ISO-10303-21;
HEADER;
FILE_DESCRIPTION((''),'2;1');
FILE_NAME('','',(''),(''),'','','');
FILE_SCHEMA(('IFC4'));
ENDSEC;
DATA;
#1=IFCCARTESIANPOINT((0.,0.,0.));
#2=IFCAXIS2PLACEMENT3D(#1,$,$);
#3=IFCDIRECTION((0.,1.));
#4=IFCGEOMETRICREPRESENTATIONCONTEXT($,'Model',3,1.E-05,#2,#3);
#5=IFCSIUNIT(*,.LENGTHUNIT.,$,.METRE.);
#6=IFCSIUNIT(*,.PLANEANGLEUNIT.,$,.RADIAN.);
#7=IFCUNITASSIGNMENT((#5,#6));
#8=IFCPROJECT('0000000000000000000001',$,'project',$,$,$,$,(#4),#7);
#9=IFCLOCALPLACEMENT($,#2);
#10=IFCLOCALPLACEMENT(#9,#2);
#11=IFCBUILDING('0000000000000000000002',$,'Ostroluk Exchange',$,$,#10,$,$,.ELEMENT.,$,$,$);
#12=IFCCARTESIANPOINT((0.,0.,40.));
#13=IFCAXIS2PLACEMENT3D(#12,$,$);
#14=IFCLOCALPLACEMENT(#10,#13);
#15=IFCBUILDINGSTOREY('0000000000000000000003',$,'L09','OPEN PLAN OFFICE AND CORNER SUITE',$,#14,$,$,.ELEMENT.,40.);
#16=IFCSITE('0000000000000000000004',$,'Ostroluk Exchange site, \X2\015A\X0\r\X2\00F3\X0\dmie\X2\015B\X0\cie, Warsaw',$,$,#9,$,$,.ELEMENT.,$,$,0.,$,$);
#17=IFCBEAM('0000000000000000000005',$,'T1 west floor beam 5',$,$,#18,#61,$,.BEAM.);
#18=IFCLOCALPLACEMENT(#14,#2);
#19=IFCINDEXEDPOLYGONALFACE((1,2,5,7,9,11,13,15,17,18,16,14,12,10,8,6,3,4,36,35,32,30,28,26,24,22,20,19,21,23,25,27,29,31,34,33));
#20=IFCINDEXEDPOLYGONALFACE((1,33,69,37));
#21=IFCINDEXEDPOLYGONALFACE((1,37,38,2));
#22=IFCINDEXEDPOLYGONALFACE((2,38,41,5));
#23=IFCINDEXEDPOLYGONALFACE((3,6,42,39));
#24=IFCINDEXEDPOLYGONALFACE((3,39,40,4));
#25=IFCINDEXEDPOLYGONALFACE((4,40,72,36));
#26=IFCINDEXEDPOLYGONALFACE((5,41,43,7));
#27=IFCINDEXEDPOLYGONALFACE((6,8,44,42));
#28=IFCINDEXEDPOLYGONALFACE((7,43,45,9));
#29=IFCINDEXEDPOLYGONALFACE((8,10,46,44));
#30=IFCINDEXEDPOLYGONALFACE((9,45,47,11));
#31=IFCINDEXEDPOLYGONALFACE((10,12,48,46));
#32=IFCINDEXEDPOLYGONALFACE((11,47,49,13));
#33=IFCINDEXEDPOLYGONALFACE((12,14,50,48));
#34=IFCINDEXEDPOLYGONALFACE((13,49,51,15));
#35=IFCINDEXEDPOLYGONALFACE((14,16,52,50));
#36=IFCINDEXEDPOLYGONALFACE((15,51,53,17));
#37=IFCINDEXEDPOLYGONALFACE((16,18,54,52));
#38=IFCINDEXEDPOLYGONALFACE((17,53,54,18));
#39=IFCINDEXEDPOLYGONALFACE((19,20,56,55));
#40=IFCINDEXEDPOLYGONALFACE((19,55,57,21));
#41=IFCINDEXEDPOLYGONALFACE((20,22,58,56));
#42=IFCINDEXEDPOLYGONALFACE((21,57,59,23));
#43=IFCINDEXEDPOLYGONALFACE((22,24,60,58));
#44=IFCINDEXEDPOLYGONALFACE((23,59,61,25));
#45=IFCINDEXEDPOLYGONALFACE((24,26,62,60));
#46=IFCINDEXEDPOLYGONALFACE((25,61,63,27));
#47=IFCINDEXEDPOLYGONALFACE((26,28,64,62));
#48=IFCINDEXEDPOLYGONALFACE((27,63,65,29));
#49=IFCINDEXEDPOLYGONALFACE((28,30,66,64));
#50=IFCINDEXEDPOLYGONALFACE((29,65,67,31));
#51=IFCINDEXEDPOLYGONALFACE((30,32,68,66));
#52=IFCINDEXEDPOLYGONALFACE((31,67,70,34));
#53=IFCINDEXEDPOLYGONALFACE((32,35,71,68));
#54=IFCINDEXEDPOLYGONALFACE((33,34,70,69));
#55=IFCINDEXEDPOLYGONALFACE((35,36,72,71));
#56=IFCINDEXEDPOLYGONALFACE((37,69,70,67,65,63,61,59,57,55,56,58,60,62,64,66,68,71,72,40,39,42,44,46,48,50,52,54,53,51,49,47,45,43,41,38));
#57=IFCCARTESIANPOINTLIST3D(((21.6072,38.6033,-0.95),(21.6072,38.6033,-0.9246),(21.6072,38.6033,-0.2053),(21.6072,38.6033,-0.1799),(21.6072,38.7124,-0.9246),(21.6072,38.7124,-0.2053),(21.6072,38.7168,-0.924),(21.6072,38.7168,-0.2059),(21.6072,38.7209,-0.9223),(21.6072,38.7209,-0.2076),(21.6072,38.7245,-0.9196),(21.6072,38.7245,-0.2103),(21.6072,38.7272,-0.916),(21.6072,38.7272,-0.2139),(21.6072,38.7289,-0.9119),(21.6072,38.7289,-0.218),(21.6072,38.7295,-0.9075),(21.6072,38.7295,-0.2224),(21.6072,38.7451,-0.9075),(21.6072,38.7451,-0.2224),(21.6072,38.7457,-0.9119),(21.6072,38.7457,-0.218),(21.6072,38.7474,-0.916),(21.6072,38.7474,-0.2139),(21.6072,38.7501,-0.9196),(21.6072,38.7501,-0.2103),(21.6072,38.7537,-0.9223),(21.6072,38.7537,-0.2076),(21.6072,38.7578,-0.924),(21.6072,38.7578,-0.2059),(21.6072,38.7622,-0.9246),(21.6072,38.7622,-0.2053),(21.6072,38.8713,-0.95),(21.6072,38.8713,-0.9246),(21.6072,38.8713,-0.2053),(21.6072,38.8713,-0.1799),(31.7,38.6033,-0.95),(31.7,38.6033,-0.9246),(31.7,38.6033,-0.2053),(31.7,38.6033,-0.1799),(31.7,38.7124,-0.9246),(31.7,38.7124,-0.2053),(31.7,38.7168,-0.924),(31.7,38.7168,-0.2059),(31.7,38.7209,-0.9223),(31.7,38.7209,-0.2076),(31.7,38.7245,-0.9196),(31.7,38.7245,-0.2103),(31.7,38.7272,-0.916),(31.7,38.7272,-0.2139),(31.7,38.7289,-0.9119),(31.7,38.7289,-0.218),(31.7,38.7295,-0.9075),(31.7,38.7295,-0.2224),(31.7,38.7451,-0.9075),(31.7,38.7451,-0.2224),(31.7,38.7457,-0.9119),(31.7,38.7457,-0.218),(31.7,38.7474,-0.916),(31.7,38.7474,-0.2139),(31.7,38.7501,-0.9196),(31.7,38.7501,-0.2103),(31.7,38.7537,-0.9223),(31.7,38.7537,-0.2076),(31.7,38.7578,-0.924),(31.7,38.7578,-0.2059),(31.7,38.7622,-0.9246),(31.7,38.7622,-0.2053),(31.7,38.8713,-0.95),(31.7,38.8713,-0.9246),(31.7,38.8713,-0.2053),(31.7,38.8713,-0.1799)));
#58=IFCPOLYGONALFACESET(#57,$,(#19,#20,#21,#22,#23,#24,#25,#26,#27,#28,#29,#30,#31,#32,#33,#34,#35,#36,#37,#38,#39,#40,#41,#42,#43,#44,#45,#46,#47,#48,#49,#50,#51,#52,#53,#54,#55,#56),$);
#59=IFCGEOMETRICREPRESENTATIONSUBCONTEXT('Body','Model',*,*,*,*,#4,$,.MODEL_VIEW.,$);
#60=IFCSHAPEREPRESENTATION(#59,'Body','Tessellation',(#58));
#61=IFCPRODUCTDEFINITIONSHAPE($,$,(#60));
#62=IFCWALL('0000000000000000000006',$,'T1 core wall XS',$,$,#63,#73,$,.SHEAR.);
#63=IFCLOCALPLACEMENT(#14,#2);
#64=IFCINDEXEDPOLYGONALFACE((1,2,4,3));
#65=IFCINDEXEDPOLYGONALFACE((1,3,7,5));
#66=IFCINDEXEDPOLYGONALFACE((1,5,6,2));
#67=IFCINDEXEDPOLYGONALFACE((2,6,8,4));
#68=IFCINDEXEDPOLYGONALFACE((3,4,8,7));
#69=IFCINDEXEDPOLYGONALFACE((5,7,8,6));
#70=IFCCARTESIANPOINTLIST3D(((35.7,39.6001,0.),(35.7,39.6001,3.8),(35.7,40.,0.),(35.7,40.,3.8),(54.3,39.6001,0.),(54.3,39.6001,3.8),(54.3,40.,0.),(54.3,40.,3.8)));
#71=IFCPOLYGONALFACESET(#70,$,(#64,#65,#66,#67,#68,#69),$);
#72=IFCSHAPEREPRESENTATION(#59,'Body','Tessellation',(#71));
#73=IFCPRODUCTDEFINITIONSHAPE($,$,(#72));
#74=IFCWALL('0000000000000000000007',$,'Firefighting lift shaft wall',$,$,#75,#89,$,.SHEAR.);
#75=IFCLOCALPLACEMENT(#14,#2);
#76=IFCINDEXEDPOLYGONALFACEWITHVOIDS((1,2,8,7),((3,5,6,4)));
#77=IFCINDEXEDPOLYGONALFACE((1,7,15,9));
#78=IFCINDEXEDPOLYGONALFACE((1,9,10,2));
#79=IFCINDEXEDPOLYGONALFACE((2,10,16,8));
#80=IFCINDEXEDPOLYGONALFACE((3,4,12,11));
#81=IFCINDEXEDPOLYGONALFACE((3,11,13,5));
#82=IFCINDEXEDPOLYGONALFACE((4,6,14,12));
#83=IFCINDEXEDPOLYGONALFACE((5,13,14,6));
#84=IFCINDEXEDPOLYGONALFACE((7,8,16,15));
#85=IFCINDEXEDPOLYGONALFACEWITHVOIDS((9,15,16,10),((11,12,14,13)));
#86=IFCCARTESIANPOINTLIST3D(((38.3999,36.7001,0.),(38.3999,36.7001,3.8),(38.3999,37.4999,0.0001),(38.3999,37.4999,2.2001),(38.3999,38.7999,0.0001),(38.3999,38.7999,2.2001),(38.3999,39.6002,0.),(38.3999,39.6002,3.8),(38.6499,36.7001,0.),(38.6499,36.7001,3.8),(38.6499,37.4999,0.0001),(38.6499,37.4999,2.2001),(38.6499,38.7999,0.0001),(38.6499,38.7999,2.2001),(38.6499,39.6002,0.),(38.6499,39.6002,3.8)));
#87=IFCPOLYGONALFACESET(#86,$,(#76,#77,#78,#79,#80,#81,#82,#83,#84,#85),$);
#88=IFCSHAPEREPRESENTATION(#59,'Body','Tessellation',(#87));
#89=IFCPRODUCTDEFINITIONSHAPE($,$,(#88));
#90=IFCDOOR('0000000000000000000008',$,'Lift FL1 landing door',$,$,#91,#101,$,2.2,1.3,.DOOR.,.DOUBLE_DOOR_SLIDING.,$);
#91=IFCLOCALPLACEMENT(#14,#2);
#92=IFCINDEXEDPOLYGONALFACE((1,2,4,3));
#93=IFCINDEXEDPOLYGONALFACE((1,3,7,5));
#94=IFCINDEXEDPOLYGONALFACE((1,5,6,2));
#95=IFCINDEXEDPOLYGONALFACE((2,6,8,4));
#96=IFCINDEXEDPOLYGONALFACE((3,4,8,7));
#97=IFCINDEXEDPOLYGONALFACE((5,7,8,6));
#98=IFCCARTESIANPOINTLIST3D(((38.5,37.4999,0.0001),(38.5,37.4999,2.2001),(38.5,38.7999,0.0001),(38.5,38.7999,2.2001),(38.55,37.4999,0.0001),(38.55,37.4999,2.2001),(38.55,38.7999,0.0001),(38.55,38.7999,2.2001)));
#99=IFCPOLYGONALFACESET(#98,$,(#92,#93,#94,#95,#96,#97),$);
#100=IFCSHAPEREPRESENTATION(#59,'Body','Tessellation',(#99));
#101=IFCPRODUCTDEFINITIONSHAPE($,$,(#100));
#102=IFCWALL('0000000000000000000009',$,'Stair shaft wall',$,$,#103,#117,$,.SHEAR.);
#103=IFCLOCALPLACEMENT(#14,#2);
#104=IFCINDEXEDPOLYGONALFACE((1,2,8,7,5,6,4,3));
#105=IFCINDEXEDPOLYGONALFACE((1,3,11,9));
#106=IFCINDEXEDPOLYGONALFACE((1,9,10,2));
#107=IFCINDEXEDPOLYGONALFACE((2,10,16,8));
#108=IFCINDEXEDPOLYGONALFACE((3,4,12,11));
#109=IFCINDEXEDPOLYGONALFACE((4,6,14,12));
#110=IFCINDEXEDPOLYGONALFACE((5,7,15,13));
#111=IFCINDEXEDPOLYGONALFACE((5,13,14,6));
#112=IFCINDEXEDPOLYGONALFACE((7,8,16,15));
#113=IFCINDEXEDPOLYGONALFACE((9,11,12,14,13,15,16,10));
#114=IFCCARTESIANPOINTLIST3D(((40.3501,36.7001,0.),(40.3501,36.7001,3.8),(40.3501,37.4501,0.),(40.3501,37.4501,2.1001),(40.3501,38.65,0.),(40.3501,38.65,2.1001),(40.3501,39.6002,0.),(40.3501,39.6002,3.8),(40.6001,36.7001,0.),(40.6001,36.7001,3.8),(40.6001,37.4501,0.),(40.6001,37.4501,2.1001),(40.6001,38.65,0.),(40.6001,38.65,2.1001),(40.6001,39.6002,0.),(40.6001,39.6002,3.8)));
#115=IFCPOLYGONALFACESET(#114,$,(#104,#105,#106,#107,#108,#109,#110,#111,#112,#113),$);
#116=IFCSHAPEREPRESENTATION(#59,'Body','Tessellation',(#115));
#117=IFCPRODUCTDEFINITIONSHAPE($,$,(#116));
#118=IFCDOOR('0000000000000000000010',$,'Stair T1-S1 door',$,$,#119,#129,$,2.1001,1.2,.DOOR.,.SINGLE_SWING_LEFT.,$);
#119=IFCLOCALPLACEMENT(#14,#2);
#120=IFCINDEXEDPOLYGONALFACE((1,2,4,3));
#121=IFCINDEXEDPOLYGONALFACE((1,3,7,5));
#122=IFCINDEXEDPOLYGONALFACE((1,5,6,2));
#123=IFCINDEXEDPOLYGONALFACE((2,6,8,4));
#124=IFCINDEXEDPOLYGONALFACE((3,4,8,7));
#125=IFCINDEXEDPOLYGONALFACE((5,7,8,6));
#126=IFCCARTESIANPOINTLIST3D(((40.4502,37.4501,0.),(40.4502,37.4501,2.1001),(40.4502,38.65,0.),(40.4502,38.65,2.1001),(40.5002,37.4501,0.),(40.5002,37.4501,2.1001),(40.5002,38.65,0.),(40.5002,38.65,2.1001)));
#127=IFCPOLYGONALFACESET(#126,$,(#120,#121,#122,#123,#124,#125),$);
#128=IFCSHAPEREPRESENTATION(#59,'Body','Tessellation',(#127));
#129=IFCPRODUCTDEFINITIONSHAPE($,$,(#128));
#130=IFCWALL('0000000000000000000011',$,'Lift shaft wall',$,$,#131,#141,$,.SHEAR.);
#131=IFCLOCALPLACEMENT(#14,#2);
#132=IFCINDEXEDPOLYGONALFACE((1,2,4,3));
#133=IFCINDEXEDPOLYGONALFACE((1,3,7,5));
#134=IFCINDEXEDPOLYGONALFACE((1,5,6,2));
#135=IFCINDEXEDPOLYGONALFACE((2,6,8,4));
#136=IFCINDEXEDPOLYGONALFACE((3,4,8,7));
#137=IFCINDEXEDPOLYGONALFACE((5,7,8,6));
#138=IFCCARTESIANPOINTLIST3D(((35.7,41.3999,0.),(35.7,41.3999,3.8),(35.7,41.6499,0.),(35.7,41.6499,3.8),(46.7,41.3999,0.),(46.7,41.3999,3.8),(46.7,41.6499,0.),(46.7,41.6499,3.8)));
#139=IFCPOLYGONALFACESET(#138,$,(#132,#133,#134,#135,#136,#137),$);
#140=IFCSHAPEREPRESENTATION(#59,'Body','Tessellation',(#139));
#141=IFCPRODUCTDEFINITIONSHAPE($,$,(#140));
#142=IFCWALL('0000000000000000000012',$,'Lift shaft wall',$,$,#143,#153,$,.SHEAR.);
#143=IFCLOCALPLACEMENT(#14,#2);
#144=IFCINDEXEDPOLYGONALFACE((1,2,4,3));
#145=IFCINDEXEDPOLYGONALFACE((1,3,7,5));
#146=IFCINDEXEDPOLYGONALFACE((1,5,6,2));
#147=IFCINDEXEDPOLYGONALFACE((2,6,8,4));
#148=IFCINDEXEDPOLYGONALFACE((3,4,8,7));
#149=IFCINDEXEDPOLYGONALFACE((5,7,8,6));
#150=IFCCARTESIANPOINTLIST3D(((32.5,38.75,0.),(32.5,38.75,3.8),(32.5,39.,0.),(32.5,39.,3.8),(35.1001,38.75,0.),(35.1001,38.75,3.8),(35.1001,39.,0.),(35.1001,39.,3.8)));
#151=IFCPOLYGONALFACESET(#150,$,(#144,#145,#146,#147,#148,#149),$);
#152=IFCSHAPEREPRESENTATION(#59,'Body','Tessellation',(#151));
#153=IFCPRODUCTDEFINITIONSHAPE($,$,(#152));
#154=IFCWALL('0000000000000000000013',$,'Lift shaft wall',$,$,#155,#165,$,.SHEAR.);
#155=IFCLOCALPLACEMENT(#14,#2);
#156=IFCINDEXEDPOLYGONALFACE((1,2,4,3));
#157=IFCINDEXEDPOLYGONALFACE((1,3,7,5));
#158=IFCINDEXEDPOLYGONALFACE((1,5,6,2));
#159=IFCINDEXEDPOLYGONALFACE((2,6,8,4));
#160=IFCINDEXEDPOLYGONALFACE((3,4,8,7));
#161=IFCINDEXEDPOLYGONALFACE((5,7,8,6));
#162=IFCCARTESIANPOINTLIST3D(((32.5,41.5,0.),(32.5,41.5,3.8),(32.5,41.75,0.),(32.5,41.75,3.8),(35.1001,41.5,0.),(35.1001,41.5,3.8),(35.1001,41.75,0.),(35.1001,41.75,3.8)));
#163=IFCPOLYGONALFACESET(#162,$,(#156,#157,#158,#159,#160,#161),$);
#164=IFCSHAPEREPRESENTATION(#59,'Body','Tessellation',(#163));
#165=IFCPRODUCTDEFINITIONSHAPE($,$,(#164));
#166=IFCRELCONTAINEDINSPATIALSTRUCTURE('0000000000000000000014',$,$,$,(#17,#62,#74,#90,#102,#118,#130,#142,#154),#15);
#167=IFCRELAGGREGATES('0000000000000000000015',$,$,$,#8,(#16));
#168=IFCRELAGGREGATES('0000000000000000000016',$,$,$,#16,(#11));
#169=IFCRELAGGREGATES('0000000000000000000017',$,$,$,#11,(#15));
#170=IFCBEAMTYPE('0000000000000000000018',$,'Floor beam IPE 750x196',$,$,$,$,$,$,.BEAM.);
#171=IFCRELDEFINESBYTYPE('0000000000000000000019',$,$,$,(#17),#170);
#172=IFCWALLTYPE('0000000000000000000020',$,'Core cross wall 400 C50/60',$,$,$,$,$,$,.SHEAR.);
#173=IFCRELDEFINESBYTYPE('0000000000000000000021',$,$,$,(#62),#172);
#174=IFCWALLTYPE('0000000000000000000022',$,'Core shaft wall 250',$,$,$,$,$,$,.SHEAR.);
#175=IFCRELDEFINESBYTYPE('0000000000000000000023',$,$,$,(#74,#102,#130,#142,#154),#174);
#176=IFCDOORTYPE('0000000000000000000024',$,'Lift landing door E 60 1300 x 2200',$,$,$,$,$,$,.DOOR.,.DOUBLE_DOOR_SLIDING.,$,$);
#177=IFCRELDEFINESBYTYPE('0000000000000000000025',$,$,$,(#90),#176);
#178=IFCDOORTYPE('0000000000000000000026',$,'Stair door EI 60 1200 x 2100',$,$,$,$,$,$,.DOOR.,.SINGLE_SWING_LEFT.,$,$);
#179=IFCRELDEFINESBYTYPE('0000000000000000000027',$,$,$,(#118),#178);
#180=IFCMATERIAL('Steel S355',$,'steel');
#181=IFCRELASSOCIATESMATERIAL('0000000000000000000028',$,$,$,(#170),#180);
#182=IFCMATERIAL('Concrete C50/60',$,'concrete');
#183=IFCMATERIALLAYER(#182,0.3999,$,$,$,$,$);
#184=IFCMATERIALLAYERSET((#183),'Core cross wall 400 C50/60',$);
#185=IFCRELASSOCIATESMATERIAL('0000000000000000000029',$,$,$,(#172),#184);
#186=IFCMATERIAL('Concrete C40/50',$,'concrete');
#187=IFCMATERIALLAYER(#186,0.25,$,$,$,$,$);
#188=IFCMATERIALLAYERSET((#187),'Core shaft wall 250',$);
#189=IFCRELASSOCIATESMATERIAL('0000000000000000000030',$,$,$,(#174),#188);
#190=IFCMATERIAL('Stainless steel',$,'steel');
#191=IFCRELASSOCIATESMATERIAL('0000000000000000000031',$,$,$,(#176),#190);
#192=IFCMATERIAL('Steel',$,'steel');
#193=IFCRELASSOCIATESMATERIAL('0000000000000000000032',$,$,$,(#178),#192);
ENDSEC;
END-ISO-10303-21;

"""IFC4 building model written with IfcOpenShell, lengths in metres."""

from ifc_helpers import new_model, si_unit, direction, frame, frame_2d, origin, origin_2d, place, context, subcontext, project, spatial, rectangle, i_section, extrude, material, layer, layer_set, material_profile, profile_set, type_object, element, fill, save


model = new_model("IFC4")

# Units and contexts
model_context = context("Model", 3, precision=1e-05, world=origin(), true_north=direction((0.0, 1.0)))
body_context = subcontext(model_context, "Body", "Model", "MODEL_VIEW")
ifc_project = project(units=[si_unit("LENGTHUNIT", "METRE"), si_unit("PLANEANGLEUNIT", "RADIAN")], contexts=[model_context])

# Site, building, storey
site_placement = place(None, origin())
site = spatial("IfcSite", under=ifc_project, at=site_placement, Name="Ostroluk Exchange site, Śródmieście, Warsaw", CompositionType="ELEMENT", RefElevation=0.0)
building_placement = place(site_placement, origin())
building = spatial("IfcBuilding", under=site, at=building_placement, Name="Ostroluk Exchange", CompositionType="ELEMENT")
storey_placement = place(building_placement, frame((0.0, 0.0, 40.0)))
storey = spatial("IfcBuildingStorey", under=building, at=storey_placement, Name="L09", Description="OPEN PLAN OFFICE AND CORNER SUITE", CompositionType="ELEMENT", Elevation=40.0)

# Beam
ifc_material_1 = material(Name="Steel S355", Category="steel")
ifc_material_profile = material_profile(ifc_material_1, i_section(OverallWidth=0.2681, OverallDepth=0.77, WebThickness=0.0156, FlangeThickness=0.0254, FilletRadius=0.0171, at=origin_2d()), Name="IPE 750x196")
ifc_profile_set = profile_set([ifc_material_profile], Name="Steel S355")
beam_type = type_object("IfcBeamType", Name="Floor beam IPE 750x196", PredefinedType="BEAM", material=ifc_profile_set)
beam_placement = place(storey_placement, frame((31.7, 38.7373, -0.5649), z_axis=(-1.0, 0.0, 0.0), x_axis=(0.0, -1.0, 0.0)))
element("IfcBeam", 1, at=beam_placement, inside=storey, type_object=beam_type, Name="T1 west floor beam 5", PredefinedType="BEAM", context=body_context, shape_type="SweptSolid", body=[
    extrude(i_section(OverallWidth=0.2681, OverallDepth=0.77, WebThickness=0.0156, FlangeThickness=0.0254, FilletRadius=0.0171, at=origin_2d()), origin(), (0.0, 0.0, 1.0), 10.0928),
])

# Wall
ifc_material_2 = material(Name="Concrete C50/60", Category="concrete")
ifc_layer_1 = layer(ifc_material_2, 0.3999)
ifc_layer_set_1 = layer_set([ifc_layer_1], Name="Core cross wall 400 C50/60")
wall_type_1 = type_object("IfcWallType", Name="Core cross wall 400 C50/60", PredefinedType="SHEAR", material=ifc_layer_set_1)
wall_1_placement = place(storey_placement, frame((35.7, 39.8, 0.0), z_axis=(0.0, 0.0, 1.0), x_axis=(1.0, 0.0, 0.0)))
element("IfcWall", 2, at=wall_1_placement, inside=storey, type_object=wall_type_1, Name="T1 core wall XS", PredefinedType="SHEAR", context=body_context, shape_type="SweptSolid", body=[
    extrude(rectangle(XDim=18.6001, YDim=0.3999, at=frame_2d((9.3, 0.0))), origin(), (0.0, 0.0, 1.0), 3.8),
])

# Walls, openings, doors
ifc_material_3 = material(Name="Concrete C40/50", Category="concrete")
ifc_layer_2 = layer(ifc_material_3, 0.25)
ifc_layer_set_2 = layer_set([ifc_layer_2], Name="Core shaft wall 250")
wall_type_2 = type_object("IfcWallType", Name="Core shaft wall 250", PredefinedType="SHEAR", material=ifc_layer_set_2)
wall_2_placement = place(storey_placement, frame((38.5249, 36.7, 0.0), z_axis=(0.0, 0.0, 1.0), x_axis=(0.0, 1.0, 0.0)))
wall_2 = element("IfcWall", 3, at=wall_2_placement, inside=storey, type_object=wall_type_2, Name="Firefighting lift shaft wall", PredefinedType="SHEAR", context=body_context, shape_type="SweptSolid", body=[
    extrude(rectangle(XDim=2.9001, YDim=0.25, at=frame_2d((1.4502, 0.0))), origin(), (0.0, 0.0, 1.0), 3.8),
])
opening_1_placement = place(wall_2_placement, frame((0.8, 0.0, 0.0)))
opening_1 = element("IfcOpeningElement", 4, at=opening_1_placement, cuts=wall_2, PredefinedType="OPENING", context=body_context, shape_type="SweptSolid", body=[
    extrude(rectangle(XDim=1.3, YDim=2.2, at=frame_2d((0.6499, 1.1001))), frame((0.0, 0.135, 0.0), z_axis=(0.0, -1.0, 0.0), x_axis=(1.0, 0.0, 0.0)), (0.0, 0.0, 1.0), 0.27),
])
ifc_material_4 = material(Name="Stainless steel", Category="steel")
door_type_1 = type_object("IfcDoorType", Name="Lift landing door E 60 1300 x 2200", OperationType="DOUBLE_DOOR_SLIDING", PredefinedType="DOOR", material=ifc_material_4)
door_1_placement = place(opening_1_placement, origin())
door_1 = element("IfcDoor", 5, at=door_1_placement, inside=storey, type_object=door_type_1, Name="Lift FL1 landing door", OperationType="DOUBLE_DOOR_SLIDING", OverallHeight=2.2, OverallWidth=1.3, PredefinedType="DOOR", context=body_context, shape_type="SweptSolid", body=[
    extrude(rectangle(XDim=1.3, YDim=2.2, at=frame_2d((0.6499, 1.1001))), frame((0.0, 0.0249, 0.0), z_axis=(0.0, -1.0, 0.0), x_axis=(1.0, 0.0, 0.0)), (0.0, 0.0, 1.0), 0.05),
])
fill(opening_1, door_1)
wall_3_placement = place(storey_placement, frame((40.4751, 36.7, 0.0), z_axis=(0.0, 0.0, 1.0), x_axis=(0.0, 1.0, 0.0)))
wall_3 = element("IfcWall", 6, at=wall_3_placement, inside=storey, type_object=wall_type_2, Name="Stair shaft wall", PredefinedType="SHEAR", context=body_context, shape_type="SweptSolid", body=[
    extrude(rectangle(XDim=2.9001, YDim=0.25, at=frame_2d((1.4502, 0.0))), origin(), (0.0, 0.0, 1.0), 3.8),
])
opening_2_placement = place(wall_3_placement, frame((0.75, 0.0, 0.0)))
opening_2 = element("IfcOpeningElement", 7, at=opening_2_placement, cuts=wall_3, PredefinedType="OPENING", context=body_context, shape_type="SweptSolid", body=[
    extrude(rectangle(XDim=1.2, YDim=2.1001, at=frame_2d((0.6001, 1.05))), frame((0.0, 0.135, 0.0), z_axis=(0.0, -1.0, 0.0), x_axis=(1.0, 0.0, 0.0)), (0.0, 0.0, 1.0), 0.27),
])
ifc_material_5 = material(Name="Steel", Category="steel")
door_type_2 = type_object("IfcDoorType", Name="Stair door EI 60 1200 x 2100", OperationType="SINGLE_SWING_LEFT", PredefinedType="DOOR", material=ifc_material_5)
door_2_placement = place(opening_2_placement, origin())
door_2 = element("IfcDoor", 8, at=door_2_placement, inside=storey, type_object=door_type_2, Name="Stair T1-S1 door", OperationType="SINGLE_SWING_LEFT", OverallHeight=2.1001, OverallWidth=1.2, PredefinedType="DOOR", context=body_context, shape_type="SweptSolid", body=[
    extrude(rectangle(XDim=1.2, YDim=2.1001, at=frame_2d((0.6001, 1.05))), frame((0.0, 0.0249, 0.0), z_axis=(0.0, -1.0, 0.0), x_axis=(1.0, 0.0, 0.0)), (0.0, 0.0, 1.0), 0.05),
])
fill(opening_2, door_2)

# Walls
wall_4_placement = place(storey_placement, frame((35.7, 41.5249, 0.0), z_axis=(0.0, 0.0, 1.0), x_axis=(1.0, 0.0, 0.0)))
element("IfcWall", 9, at=wall_4_placement, inside=storey, type_object=wall_type_2, Name="Lift shaft wall", PredefinedType="SHEAR", context=body_context, shape_type="SweptSolid", body=[
    extrude(rectangle(XDim=11.0, YDim=0.25, at=frame_2d((5.5, 0.0))), origin(), (0.0, 0.0, 1.0), 3.8),
])
for number, where, z_axis, x_axis, name in (
    (10, (32.5, 38.875, 0.0), (0.0, 0.0, 1.0), (1.0, 0.0, 0.0), "Lift shaft wall"),
    (11, (32.5, 41.625, 0.0), (0.0, 0.0, 1.0), (1.0, 0.0, 0.0), "Lift shaft wall"),
):
    element("IfcWall", number, at=place(storey_placement, frame(where, z_axis=z_axis, x_axis=x_axis)), inside=storey, type_object=wall_type_2, Name=name, PredefinedType="SHEAR", context=body_context, shape_type="SweptSolid", body=[
        extrude(rectangle(XDim=2.6001, YDim=0.25, at=frame_2d((1.3, 0.0))), origin(), (0.0, 0.0, 1.0), 3.8),
    ])

save(model, "model.ifc")
